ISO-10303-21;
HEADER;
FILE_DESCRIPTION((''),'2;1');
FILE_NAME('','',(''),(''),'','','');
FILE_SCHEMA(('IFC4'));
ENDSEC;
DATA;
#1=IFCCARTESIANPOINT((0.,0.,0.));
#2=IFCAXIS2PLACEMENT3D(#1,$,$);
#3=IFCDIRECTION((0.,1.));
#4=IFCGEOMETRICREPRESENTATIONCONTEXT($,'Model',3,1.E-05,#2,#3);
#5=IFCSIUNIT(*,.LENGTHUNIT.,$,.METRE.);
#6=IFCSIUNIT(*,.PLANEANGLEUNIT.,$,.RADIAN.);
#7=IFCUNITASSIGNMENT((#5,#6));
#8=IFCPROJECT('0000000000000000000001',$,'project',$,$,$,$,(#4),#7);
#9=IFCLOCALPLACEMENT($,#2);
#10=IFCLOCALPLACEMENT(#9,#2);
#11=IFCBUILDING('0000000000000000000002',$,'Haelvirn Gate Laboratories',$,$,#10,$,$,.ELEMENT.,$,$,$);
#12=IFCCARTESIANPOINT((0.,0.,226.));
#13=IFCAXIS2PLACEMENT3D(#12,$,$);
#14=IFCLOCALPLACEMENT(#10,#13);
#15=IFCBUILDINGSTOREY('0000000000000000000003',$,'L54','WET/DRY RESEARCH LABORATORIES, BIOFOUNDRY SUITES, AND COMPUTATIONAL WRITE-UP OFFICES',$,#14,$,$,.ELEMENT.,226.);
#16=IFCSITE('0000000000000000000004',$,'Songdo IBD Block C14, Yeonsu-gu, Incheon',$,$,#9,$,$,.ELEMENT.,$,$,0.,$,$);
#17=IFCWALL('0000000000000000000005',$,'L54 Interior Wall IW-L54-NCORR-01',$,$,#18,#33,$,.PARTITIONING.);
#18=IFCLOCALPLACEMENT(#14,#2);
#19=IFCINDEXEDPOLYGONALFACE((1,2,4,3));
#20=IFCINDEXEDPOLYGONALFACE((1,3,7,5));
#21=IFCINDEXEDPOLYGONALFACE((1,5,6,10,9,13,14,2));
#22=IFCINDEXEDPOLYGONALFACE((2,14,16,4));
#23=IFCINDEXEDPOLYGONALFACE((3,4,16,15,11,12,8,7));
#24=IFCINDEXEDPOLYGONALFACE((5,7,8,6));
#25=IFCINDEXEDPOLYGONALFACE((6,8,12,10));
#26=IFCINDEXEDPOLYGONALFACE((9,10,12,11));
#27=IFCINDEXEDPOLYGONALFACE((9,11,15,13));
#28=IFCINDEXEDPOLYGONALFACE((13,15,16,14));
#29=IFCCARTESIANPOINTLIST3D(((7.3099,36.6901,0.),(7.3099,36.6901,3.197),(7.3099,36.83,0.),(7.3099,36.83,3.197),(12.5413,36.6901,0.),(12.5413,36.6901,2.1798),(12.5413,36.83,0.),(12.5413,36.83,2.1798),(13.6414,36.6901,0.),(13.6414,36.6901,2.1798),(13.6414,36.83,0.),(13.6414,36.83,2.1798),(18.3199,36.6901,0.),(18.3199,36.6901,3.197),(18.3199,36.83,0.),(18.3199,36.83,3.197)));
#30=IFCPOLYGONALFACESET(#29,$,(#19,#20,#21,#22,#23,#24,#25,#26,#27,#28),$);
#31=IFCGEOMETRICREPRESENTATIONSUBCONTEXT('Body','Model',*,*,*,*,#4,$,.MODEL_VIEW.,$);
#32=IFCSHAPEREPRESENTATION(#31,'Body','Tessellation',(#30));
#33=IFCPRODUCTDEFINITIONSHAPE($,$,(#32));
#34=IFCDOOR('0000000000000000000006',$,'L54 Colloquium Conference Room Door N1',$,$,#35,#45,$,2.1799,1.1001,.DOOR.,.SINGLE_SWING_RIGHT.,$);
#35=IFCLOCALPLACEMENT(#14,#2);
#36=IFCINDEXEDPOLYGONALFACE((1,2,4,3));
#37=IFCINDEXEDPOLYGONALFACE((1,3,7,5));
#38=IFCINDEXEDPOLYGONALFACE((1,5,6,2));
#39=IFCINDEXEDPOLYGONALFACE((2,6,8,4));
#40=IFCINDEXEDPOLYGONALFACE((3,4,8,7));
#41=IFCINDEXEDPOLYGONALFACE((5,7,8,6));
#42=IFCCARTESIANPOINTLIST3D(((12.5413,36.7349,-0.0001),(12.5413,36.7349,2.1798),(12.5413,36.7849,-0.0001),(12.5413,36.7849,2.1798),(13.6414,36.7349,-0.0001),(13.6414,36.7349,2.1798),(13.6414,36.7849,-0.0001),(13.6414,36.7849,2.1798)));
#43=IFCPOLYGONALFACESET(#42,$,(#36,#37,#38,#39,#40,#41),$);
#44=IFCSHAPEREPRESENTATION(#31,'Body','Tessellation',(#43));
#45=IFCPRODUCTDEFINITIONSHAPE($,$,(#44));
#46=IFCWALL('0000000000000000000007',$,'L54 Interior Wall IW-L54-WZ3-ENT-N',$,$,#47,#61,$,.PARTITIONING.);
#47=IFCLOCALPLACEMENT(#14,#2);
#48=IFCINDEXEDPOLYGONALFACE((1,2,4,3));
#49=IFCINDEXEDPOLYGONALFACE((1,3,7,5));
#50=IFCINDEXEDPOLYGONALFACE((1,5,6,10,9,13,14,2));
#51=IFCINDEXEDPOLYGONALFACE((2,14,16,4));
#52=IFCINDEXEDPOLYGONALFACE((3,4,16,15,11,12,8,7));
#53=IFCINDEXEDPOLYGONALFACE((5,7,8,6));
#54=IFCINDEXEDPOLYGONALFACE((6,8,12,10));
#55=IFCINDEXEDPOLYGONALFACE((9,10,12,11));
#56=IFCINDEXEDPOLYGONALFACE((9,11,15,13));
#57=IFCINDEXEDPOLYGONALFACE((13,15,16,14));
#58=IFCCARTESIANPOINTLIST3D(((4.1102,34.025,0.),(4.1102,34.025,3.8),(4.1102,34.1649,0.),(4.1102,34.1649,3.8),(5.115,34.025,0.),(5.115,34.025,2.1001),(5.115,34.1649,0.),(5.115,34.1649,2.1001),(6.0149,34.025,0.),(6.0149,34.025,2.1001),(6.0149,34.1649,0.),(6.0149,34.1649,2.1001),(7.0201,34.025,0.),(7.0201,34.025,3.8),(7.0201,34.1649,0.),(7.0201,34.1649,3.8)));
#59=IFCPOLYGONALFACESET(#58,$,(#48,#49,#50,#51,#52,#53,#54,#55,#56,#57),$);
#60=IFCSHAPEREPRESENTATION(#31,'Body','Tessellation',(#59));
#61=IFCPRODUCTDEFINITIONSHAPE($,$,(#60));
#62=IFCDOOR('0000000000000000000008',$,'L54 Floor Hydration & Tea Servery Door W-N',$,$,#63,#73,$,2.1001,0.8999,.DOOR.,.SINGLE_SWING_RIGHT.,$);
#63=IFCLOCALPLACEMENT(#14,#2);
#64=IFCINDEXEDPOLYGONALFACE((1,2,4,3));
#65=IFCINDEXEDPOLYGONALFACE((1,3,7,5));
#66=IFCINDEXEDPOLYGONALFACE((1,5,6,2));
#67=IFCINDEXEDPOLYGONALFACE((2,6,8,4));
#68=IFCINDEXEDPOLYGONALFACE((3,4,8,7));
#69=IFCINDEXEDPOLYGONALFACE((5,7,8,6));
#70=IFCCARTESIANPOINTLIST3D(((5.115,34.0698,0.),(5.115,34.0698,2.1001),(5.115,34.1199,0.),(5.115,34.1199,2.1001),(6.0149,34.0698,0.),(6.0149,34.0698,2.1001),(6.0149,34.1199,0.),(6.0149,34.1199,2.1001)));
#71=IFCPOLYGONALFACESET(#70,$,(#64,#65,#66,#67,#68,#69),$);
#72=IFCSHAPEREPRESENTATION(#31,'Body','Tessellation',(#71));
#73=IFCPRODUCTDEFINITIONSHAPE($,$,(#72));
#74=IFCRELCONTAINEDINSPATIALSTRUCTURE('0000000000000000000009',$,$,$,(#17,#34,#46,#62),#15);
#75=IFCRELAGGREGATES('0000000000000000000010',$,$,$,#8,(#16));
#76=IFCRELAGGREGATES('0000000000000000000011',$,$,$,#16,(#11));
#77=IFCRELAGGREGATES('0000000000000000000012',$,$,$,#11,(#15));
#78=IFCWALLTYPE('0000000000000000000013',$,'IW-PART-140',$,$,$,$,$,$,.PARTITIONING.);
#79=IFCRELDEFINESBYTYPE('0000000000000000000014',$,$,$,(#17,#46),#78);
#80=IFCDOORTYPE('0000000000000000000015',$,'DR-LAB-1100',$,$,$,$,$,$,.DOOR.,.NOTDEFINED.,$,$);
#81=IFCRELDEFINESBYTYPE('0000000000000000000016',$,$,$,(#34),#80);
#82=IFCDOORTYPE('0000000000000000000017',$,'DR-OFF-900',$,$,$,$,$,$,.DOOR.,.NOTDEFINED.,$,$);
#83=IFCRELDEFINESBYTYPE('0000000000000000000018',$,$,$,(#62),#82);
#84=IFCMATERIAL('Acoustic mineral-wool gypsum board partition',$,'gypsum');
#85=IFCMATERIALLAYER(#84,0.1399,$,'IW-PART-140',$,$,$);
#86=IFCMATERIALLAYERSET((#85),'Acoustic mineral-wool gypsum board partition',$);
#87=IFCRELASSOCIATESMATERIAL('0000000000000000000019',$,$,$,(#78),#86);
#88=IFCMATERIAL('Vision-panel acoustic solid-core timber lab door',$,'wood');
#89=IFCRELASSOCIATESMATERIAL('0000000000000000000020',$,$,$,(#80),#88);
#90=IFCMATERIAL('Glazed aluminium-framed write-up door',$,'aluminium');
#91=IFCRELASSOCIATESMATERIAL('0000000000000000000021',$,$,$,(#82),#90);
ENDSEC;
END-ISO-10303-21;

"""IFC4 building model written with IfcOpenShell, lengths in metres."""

from ifc_helpers import new_model, si_unit, direction, frame, frame_2d, origin, place, context, subcontext, project, spatial, rectangle, extrude, source, transform, mapped, material, layer, layer_set, type_object, type_shapes, element, fill, save


model = new_model("IFC4")

# Units and contexts
model_context = context("Model", 3, precision=1e-05, world=origin(), true_north=direction((0.0, 1.0)))
body_context = subcontext(model_context, "Body", "Model", "MODEL_VIEW")
ifc_project = project(units=[si_unit("LENGTHUNIT", "METRE"), si_unit("PLANEANGLEUNIT", "RADIAN")], contexts=[model_context])

# Site, building, storey
site_placement = place(None, origin())
site = spatial("IfcSite", under=ifc_project, at=site_placement, Name="Songdo IBD Block C14, Yeonsu-gu, Incheon", CompositionType="ELEMENT", RefElevation=0.0)
building_placement = place(site_placement, origin())
building = spatial("IfcBuilding", under=site, at=building_placement, Name="Haelvirn Gate Laboratories", CompositionType="ELEMENT")
storey_placement = place(building_placement, frame((0.0, 0.0, 226.0)))
storey = spatial("IfcBuildingStorey", under=building, at=storey_placement, Name="L54", Description="WET/DRY RESEARCH LABORATORIES, BIOFOUNDRY SUITES, AND COMPUTATIONAL WRITE-UP OFFICES", CompositionType="ELEMENT", Elevation=226.0)

# Walls, openings, doors
ifc_material_1 = material(Name="Acoustic mineral-wool gypsum board partition", Category="gypsum")
ifc_layer_1 = layer(ifc_material_1, 0.1399, Name="IW-PART-140")
ifc_layer_set_1 = layer_set([ifc_layer_1], Name="Acoustic mineral-wool gypsum board partition")
wall_type_1 = type_object("IfcWallType", Name="IW-PART-140", PredefinedType="PARTITIONING", material=ifc_layer_set_1)
wall_1_placement = place(storey_placement, frame((7.3101, 36.76, 0.0), z_axis=(0.0, 0.0, 1.0), x_axis=(1.0, 0.0, 0.0)))
wall_1 = element("IfcWall", 1, at=wall_1_placement, inside=storey, type_object=wall_type_1, Name="L54 Interior Wall IW-L54-NCORR-01", PredefinedType="PARTITIONING", context=body_context, shape_type="SweptSolid", body=[
    extrude(rectangle(XDim=11.01, YDim=0.1399, at=frame_2d((5.5049, 0.0))), origin(), (0.0, 0.0, 1.0), 3.197),
])
opening_1_placement = place(wall_1_placement, frame((5.2312, 0.0, 0.0)))
opening_1 = element("IfcOpeningElement", 2, at=opening_1_placement, cuts=wall_1, PredefinedType="OPENING", context=body_context, shape_type="SweptSolid", body=[
    extrude(rectangle(XDim=1.1001, YDim=2.1799, at=frame_2d((0.55, 1.0898))), frame((0.0, 0.0801, 0.0), z_axis=(0.0, -1.0, 0.0), x_axis=(1.0, 0.0, 0.0)), (0.0, 0.0, 1.0), 0.1599),
])
ifc_material_2 = material(Name="Vision-panel acoustic solid-core timber lab door", Category="wood")
door_type_1 = type_object("IfcDoorType", Name="DR-LAB-1100", OperationType="NOTDEFINED", PredefinedType="DOOR", material=ifc_material_2)
shared_shape_1 = source(origin(), body_context, "Body", "SweptSolid", [
    extrude(rectangle(XDim=1.1001, YDim=2.1799, at=frame_2d((0.55, 1.0898))), frame((0.0, 0.0249, 0.0), z_axis=(0.0, -1.0, 0.0), x_axis=(1.0, 0.0, 0.0)), (0.0, 0.0, 1.0), 0.05),
])
type_shapes(door_type_1, [shared_shape_1])
door_1_placement = place(opening_1_placement, origin())
door_1 = element("IfcDoor", 3, at=door_1_placement, inside=storey, type_object=door_type_1, Name="L54 Colloquium Conference Room Door N1", OperationType="SINGLE_SWING_RIGHT", OverallHeight=2.1799, OverallWidth=1.1001, PredefinedType="DOOR", context=body_context, shape_type="MappedRepresentation", body=[
    mapped(shared_shape_1, transform((0.0, 0.0, 0.0), scale=1.0)),
])
fill(opening_1, door_1)
wall_2_placement = place(storey_placement, frame((4.1101, 34.095, 0.0), z_axis=(0.0, 0.0, 1.0), x_axis=(1.0, 0.0, 0.0)))
wall_2 = element("IfcWall", 4, at=wall_2_placement, inside=storey, type_object=wall_type_1, Name="L54 Interior Wall IW-L54-WZ3-ENT-N", PredefinedType="PARTITIONING", context=body_context, shape_type="SweptSolid", body=[
    extrude(rectangle(XDim=2.9099, YDim=0.1399, at=frame_2d((1.4551, 0.0))), origin(), (0.0, 0.0, 1.0), 3.8),
])
opening_2_placement = place(wall_2_placement, frame((1.0049, 0.0, 0.0)))
opening_2 = element("IfcOpeningElement", 5, at=opening_2_placement, cuts=wall_2, PredefinedType="OPENING", context=body_context, shape_type="SweptSolid", body=[
    extrude(rectangle(XDim=0.8999, YDim=2.1001, at=frame_2d((0.45, 1.05))), frame((0.0, 0.0801, 0.0), z_axis=(0.0, -1.0, 0.0), x_axis=(1.0, 0.0, 0.0)), (0.0, 0.0, 1.0), 0.1599),
])
ifc_material_3 = material(Name="Glazed aluminium-framed write-up door", Category="aluminium")
door_type_2 = type_object("IfcDoorType", Name="DR-OFF-900", OperationType="NOTDEFINED", PredefinedType="DOOR", material=ifc_material_3)
shared_shape_2 = source(origin(), body_context, "Body", "SweptSolid", [
    extrude(rectangle(XDim=0.8999, YDim=2.1001, at=frame_2d((0.45, 1.05))), frame((0.0, 0.0249, 0.0), z_axis=(0.0, -1.0, 0.0), x_axis=(1.0, 0.0, 0.0)), (0.0, 0.0, 1.0), 0.05),
])
type_shapes(door_type_2, [shared_shape_2])
door_2_placement = place(opening_2_placement, origin())
door_2 = element("IfcDoor", 6, at=door_2_placement, inside=storey, type_object=door_type_2, Name="L54 Floor Hydration & Tea Servery Door W-N", OperationType="SINGLE_SWING_RIGHT", OverallHeight=2.1001, OverallWidth=0.8999, PredefinedType="DOOR", context=body_context, shape_type="MappedRepresentation", body=[
    mapped(shared_shape_2, transform((0.0, 0.0, 0.0), scale=1.0)),
])
fill(opening_2, door_2)

save(model, "model.ifc")
